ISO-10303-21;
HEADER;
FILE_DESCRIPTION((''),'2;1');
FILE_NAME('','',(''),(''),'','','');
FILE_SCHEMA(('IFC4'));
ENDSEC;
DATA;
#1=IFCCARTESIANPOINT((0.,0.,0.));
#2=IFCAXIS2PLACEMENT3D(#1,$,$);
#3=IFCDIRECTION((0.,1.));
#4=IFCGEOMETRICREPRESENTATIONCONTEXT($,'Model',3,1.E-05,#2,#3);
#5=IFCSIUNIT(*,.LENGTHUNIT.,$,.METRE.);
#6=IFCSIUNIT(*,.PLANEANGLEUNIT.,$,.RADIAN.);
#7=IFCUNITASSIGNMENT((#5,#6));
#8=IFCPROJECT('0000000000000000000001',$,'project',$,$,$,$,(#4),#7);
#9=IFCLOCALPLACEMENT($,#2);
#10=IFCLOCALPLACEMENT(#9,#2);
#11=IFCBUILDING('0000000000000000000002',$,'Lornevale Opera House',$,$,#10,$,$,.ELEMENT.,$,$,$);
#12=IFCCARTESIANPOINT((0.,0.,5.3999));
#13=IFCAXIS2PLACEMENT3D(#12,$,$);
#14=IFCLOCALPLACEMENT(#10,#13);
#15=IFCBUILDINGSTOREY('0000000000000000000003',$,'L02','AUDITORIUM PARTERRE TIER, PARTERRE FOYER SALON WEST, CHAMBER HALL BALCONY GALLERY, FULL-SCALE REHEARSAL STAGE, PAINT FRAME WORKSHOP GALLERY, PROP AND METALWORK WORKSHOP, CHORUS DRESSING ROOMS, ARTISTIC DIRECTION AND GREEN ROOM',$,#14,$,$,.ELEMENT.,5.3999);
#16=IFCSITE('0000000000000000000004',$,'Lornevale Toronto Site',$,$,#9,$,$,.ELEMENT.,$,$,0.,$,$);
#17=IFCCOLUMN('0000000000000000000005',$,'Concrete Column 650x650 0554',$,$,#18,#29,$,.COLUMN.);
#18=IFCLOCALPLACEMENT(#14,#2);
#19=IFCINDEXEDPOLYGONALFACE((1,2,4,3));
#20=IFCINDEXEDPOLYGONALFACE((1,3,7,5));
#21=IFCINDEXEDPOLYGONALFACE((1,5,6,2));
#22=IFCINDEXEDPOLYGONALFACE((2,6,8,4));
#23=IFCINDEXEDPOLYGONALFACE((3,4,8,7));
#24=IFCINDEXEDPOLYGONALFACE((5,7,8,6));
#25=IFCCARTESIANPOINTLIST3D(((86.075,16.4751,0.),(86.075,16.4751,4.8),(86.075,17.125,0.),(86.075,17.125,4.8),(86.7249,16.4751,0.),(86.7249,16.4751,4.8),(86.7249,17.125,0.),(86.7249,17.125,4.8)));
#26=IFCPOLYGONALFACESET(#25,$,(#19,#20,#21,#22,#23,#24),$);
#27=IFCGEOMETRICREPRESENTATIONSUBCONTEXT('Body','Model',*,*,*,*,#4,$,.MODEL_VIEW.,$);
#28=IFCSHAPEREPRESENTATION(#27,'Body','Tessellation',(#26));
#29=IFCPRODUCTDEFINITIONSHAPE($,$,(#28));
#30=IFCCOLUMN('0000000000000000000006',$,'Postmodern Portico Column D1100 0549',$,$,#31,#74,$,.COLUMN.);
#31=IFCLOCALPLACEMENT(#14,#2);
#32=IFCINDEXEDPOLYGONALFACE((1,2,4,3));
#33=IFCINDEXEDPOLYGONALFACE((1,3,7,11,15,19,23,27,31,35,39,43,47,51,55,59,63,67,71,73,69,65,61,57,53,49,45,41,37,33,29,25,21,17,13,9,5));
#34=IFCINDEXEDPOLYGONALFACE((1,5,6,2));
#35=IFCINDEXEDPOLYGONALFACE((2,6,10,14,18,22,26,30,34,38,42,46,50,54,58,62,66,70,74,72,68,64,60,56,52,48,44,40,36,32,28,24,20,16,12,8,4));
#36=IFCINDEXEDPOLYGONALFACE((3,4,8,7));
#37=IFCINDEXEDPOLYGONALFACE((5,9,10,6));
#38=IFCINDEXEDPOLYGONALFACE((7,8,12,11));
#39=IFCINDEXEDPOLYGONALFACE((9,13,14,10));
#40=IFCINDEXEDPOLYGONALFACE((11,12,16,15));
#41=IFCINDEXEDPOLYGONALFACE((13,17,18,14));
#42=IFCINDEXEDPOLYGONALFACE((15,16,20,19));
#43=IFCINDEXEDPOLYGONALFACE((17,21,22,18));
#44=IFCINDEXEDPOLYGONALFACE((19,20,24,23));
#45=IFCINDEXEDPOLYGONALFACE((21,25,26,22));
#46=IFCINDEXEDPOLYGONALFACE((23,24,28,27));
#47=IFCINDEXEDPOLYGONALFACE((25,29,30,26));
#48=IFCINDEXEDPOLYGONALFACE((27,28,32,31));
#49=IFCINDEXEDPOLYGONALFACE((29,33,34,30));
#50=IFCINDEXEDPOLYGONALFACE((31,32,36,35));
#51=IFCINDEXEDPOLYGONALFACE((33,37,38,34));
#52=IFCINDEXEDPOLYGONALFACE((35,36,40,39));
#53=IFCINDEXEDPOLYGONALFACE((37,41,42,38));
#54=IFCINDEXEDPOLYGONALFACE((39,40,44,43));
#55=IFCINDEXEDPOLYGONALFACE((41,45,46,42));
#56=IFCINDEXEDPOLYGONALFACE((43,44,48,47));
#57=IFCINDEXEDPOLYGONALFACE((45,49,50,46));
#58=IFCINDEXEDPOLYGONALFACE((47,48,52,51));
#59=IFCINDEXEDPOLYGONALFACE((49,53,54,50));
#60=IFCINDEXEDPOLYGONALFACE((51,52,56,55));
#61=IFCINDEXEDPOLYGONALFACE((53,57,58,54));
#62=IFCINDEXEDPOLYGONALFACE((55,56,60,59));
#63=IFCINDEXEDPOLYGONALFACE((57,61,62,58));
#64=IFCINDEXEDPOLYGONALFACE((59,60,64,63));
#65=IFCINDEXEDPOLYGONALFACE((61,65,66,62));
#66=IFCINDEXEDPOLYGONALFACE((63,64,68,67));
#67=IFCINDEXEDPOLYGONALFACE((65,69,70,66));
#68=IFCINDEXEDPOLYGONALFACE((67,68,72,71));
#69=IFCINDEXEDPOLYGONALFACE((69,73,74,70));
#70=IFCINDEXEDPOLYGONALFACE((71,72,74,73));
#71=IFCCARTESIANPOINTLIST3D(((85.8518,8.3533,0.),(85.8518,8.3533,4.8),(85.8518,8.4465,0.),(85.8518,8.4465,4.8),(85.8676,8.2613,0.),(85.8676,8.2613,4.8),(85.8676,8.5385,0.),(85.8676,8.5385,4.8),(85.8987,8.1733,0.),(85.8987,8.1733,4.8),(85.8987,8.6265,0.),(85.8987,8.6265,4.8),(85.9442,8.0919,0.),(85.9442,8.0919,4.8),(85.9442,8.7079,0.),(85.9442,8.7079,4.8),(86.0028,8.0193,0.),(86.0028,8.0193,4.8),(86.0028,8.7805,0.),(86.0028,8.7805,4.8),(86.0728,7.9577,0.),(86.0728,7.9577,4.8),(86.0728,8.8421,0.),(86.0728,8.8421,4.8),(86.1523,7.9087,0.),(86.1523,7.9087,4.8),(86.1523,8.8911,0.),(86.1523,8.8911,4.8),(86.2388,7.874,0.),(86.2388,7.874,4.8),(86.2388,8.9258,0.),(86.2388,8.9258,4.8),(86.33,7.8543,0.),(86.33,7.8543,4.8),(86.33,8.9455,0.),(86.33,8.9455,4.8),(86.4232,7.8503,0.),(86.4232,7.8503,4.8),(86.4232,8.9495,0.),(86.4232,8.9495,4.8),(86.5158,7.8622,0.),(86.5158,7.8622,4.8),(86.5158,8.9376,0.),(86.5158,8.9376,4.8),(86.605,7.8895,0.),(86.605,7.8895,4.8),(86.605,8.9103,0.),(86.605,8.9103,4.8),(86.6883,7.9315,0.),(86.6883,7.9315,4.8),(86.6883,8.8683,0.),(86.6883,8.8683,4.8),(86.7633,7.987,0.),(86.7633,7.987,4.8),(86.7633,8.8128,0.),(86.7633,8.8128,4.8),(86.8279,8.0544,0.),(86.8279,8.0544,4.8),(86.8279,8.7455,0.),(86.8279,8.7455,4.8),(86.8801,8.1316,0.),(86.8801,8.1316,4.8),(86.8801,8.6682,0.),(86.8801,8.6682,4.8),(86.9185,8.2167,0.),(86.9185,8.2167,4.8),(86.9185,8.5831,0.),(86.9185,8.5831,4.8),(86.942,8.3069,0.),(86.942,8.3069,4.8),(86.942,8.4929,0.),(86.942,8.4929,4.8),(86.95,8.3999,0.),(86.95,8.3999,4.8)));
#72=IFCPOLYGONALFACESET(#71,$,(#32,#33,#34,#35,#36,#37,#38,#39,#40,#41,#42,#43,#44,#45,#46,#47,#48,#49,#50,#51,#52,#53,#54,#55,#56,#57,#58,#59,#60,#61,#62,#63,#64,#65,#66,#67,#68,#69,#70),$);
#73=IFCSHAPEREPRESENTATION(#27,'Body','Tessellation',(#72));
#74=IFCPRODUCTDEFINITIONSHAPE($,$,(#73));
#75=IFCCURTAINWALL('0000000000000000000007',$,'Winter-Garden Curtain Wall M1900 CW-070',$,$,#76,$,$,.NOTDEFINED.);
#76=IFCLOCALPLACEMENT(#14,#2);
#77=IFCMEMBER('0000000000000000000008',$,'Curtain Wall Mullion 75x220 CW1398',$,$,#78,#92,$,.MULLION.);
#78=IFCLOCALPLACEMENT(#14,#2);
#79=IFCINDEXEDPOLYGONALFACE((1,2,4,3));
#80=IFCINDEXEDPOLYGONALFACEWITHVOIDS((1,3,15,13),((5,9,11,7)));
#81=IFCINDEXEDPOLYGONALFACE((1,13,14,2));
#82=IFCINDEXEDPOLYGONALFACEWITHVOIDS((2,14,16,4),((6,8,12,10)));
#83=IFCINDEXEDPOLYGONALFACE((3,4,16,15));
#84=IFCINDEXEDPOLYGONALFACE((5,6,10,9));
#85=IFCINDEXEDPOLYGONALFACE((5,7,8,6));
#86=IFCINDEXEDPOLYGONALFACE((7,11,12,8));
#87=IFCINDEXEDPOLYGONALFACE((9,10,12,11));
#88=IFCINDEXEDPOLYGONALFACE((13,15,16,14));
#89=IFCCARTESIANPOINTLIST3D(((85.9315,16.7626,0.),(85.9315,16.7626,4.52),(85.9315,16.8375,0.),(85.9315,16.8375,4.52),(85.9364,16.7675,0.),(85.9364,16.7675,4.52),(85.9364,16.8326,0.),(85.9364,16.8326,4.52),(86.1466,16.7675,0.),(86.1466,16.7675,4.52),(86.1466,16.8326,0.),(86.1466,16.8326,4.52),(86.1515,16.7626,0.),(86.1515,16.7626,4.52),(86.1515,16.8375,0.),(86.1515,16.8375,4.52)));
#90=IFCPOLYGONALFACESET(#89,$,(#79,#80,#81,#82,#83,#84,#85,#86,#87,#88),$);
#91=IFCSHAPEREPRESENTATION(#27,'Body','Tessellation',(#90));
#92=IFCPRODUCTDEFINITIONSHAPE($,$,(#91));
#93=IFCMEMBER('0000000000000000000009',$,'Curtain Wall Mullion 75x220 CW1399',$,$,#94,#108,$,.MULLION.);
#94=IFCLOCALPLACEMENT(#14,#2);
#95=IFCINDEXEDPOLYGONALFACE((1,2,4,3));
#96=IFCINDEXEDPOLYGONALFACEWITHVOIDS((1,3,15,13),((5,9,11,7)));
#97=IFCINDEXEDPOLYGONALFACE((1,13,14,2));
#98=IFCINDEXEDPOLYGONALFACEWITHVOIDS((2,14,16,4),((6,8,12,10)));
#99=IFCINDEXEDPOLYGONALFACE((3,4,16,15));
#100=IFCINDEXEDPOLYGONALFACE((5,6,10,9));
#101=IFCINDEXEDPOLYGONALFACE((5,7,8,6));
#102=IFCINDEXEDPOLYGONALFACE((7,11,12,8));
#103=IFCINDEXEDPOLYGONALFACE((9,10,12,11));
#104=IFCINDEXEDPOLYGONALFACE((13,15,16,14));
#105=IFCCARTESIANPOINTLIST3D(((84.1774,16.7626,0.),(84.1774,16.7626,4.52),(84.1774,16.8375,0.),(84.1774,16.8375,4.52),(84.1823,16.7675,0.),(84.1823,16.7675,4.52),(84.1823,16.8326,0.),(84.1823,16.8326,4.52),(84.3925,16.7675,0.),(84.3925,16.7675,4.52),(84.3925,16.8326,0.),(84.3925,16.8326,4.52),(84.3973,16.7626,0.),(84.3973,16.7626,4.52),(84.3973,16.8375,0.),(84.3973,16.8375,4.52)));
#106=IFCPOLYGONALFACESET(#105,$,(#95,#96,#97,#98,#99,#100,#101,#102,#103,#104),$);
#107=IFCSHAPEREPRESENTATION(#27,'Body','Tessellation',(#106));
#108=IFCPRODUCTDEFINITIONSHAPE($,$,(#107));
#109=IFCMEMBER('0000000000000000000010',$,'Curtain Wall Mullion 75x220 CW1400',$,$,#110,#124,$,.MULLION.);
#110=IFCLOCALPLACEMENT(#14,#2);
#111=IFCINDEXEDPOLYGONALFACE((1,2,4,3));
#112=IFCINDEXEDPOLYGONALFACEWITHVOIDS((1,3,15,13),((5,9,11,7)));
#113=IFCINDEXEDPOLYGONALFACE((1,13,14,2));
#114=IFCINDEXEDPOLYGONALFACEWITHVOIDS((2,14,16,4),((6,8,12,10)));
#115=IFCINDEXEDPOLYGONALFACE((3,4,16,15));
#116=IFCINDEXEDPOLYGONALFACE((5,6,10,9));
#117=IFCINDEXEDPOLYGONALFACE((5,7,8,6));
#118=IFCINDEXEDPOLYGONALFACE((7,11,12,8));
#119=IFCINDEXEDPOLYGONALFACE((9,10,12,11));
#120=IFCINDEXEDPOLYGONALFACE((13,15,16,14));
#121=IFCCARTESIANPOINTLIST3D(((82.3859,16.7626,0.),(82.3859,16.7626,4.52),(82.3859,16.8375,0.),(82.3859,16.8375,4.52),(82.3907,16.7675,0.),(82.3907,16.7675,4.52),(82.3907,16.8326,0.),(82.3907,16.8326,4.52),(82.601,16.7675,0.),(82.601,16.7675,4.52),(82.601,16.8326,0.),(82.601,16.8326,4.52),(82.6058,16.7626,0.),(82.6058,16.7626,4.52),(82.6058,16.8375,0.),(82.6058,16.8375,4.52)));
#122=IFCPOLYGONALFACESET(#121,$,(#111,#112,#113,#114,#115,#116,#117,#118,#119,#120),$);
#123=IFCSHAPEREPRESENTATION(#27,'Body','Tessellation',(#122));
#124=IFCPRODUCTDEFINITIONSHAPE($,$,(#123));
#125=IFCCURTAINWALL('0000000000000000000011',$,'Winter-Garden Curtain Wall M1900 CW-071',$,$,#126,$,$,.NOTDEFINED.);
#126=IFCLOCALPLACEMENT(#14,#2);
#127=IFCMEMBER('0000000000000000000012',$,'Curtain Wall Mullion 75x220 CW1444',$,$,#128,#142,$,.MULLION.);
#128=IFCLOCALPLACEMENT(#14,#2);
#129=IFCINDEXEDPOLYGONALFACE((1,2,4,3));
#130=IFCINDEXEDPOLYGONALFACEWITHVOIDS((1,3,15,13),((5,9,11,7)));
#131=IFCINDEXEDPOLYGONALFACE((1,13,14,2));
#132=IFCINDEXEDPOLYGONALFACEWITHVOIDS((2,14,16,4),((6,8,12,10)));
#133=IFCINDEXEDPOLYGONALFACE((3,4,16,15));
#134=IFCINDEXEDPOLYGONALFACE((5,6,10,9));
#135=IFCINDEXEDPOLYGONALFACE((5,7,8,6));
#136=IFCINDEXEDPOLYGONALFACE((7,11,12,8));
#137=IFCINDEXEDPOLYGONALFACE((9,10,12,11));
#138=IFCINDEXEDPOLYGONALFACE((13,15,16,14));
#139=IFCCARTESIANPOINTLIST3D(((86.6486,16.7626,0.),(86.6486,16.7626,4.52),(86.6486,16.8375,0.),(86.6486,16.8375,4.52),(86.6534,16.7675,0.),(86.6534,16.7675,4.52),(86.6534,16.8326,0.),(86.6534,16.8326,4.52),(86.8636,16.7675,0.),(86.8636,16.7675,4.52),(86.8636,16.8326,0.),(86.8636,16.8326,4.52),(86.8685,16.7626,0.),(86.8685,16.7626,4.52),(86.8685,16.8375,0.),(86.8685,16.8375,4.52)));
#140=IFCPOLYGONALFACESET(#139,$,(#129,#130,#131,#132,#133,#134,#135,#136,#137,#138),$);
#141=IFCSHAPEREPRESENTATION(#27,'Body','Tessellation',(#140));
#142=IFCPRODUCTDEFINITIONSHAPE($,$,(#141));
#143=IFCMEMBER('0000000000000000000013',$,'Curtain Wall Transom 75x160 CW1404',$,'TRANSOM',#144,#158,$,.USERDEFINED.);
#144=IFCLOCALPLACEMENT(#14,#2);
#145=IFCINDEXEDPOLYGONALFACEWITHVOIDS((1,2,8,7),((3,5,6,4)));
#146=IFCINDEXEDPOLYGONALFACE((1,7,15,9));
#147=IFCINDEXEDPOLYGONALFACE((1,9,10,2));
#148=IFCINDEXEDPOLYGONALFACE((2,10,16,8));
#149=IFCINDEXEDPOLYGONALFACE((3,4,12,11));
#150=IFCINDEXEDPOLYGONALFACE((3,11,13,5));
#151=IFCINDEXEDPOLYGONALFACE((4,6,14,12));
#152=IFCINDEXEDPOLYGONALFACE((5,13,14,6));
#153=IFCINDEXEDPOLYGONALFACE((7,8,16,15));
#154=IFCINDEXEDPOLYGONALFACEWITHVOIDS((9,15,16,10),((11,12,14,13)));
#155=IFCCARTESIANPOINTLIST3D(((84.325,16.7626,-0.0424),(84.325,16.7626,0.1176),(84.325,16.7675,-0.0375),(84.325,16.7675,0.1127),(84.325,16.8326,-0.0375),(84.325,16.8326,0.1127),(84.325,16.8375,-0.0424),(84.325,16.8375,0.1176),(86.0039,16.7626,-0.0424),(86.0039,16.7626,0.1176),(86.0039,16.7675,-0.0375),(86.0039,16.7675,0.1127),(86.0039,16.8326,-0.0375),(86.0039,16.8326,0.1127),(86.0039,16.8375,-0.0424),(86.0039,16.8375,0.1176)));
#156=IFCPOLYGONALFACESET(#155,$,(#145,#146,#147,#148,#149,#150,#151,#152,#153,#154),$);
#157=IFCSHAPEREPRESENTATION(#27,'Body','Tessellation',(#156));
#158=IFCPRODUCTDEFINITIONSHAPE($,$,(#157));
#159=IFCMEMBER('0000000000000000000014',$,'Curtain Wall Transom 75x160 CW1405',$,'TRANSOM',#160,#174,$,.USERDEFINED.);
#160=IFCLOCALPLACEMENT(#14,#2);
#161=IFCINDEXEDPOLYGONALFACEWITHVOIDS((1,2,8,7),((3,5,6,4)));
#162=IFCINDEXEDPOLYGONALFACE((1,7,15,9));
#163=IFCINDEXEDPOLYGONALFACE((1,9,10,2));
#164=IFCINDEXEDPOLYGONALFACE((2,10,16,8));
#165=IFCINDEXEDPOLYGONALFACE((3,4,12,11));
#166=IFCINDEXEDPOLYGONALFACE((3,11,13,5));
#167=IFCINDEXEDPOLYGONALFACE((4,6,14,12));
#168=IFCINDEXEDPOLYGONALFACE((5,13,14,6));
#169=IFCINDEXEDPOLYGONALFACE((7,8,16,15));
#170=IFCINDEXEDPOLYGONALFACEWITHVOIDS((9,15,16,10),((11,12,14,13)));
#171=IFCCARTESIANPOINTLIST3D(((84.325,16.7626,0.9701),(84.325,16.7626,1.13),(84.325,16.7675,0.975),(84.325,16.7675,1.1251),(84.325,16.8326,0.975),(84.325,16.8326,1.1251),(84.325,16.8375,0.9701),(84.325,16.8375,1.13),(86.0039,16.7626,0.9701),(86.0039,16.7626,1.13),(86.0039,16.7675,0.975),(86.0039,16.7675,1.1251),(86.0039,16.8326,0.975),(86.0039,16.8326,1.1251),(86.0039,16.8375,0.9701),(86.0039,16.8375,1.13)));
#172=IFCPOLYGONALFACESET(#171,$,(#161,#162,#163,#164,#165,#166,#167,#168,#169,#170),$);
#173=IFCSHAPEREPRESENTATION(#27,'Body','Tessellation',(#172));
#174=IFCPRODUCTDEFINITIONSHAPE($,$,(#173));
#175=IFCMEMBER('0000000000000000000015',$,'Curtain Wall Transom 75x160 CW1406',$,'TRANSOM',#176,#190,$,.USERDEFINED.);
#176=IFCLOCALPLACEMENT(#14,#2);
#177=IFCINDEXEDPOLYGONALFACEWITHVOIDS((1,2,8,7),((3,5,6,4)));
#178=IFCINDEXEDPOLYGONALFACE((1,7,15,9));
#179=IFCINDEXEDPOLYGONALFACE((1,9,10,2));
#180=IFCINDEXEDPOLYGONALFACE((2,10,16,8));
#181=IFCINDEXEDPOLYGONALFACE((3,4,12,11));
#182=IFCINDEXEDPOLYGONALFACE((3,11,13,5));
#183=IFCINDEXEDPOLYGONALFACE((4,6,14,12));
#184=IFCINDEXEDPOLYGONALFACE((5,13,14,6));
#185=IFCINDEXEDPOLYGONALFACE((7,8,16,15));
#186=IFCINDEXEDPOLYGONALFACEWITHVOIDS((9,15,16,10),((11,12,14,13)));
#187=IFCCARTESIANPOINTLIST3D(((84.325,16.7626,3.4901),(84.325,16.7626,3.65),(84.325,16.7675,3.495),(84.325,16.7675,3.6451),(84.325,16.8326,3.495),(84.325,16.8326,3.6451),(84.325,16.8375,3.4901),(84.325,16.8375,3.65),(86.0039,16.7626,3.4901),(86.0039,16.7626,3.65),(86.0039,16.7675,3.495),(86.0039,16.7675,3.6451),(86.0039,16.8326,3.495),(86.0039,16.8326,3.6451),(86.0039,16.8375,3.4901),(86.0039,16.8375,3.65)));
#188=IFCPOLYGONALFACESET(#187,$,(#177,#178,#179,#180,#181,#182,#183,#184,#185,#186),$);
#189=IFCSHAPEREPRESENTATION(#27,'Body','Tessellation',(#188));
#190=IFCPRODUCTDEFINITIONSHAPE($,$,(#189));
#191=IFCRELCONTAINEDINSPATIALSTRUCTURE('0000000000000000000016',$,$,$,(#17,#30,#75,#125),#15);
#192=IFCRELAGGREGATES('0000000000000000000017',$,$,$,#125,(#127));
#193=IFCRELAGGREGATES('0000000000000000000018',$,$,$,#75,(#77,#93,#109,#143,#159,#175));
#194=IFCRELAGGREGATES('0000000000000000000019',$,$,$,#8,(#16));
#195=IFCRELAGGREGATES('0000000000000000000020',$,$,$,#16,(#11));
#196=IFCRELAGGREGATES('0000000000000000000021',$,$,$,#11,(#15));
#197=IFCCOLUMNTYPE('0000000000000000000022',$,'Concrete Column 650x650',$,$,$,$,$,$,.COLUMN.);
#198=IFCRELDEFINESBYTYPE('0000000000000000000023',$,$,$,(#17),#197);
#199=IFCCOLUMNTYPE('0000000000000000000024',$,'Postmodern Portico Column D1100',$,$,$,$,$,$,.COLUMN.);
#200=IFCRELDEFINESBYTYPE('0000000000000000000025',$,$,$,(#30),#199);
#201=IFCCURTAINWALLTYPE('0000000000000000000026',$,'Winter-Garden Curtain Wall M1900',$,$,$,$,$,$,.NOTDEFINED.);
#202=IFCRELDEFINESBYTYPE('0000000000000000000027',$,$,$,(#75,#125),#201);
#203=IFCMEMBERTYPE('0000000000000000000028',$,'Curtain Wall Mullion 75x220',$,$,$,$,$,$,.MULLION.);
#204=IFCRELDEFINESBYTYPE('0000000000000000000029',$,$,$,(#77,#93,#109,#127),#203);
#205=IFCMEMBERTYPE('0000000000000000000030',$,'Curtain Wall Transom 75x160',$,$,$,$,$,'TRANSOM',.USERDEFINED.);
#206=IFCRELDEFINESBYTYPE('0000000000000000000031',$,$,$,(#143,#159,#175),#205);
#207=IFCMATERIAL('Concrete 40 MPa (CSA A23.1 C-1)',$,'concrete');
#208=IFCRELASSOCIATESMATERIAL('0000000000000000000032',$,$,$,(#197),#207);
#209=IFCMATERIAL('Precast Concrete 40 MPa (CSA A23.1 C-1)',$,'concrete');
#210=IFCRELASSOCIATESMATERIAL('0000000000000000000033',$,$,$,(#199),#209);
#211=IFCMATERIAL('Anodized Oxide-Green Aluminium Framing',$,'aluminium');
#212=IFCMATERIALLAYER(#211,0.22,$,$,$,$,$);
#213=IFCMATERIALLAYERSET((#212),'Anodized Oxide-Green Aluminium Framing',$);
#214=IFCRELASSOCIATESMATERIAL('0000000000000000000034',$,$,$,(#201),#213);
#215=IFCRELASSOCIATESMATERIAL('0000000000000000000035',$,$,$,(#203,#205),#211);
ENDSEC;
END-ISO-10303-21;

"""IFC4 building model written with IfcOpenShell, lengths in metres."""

from ifc_helpers import new_model, si_unit, direction, frame, origin, origin_2d, place, context, subcontext, project, spatial, rectangle, hollow_rectangle, circle, extrude, material, layer, layer_set, material_profile, profile_set, type_object, element, aggregate, save


model = new_model("IFC4")

# Units and contexts
model_context = context("Model", 3, precision=1e-05, world=origin(), true_north=direction((0.0, 1.0)))
body_context = subcontext(model_context, "Body", "Model", "MODEL_VIEW")
ifc_project = project(units=[si_unit("LENGTHUNIT", "METRE"), si_unit("PLANEANGLEUNIT", "RADIAN")], contexts=[model_context])

# Site, building, storey
site_placement = place(None, origin())
site = spatial("IfcSite", under=ifc_project, at=site_placement, Name="Lornevale Toronto Site", CompositionType="ELEMENT", RefElevation=0.0)
building_placement = place(site_placement, origin())
building = spatial("IfcBuilding", under=site, at=building_placement, Name="Lornevale Opera House", CompositionType="ELEMENT")
storey_placement = place(building_placement, frame((0.0, 0.0, 5.3999)))
storey = spatial("IfcBuildingStorey", under=building, at=storey_placement, Name="L02", Description="AUDITORIUM PARTERRE TIER, PARTERRE FOYER SALON WEST, CHAMBER HALL BALCONY GALLERY, FULL-SCALE REHEARSAL STAGE, PAINT FRAME WORKSHOP GALLERY, PROP AND METALWORK WORKSHOP, CHORUS DRESSING ROOMS, ARTISTIC DIRECTION AND GREEN ROOM", CompositionType="ELEMENT", Elevation=5.3999)

# Columns
ifc_material_1 = material(Name="Concrete 40 MPa (CSA A23.1 C-1)", Category="concrete")
ifc_material_profile_1 = material_profile(ifc_material_1, rectangle(XDim=0.6499, YDim=0.6499, at=origin_2d()), Name="RC650x650")
ifc_profile_set_1 = profile_set([ifc_material_profile_1], Name="Concrete 40 MPa (CSA A23.1 C-1)")
column_type_1 = type_object("IfcColumnType", Name="Concrete Column 650x650", PredefinedType="COLUMN", material=ifc_profile_set_1)
column_1_placement = place(storey_placement, frame((86.3999, 16.8, 0.0), z_axis=(0.0, 0.0, 1.0), x_axis=(1.0, 0.0, 0.0)))
element("IfcColumn", 1, at=column_1_placement, inside=storey, type_object=column_type_1, Name="Concrete Column 650x650 0554", PredefinedType="COLUMN", context=body_context, shape_type="SweptSolid", body=[
    extrude(rectangle(XDim=0.6499, YDim=0.6499, at=origin_2d()), origin(), (0.0, 0.0, 1.0), 4.8),
])
ifc_material_2 = material(Name="Precast Concrete 40 MPa (CSA A23.1 C-1)", Category="concrete")
ifc_material_profile_2 = material_profile(ifc_material_2, circle(Radius=0.55, at=origin_2d()), Name="RCCOL1100")
ifc_profile_set_2 = profile_set([ifc_material_profile_2], Name="Precast Concrete 40 MPa (CSA A23.1 C-1)")
column_type_2 = type_object("IfcColumnType", Name="Postmodern Portico Column D1100", PredefinedType="COLUMN", material=ifc_profile_set_2)
column_2_placement = place(storey_placement, frame((86.3999, 8.3999, 0.0), z_axis=(0.0, 0.0, 1.0), x_axis=(1.0, 0.0, 0.0)))
element("IfcColumn", 2, at=column_2_placement, inside=storey, type_object=column_type_2, Name="Postmodern Portico Column D1100 0549", PredefinedType="COLUMN", context=body_context, shape_type="SweptSolid", body=[
    extrude(circle(Radius=0.55, at=origin_2d()), origin(), (0.0, 0.0, 1.0), 4.8),
])

# Curtain wall, members
ifc_material_3 = material(Name="Anodized Oxide-Green Aluminium Framing", Category="aluminium")
ifc_layer_1 = layer(ifc_material_3, 0.22)
ifc_layer_set_1 = layer_set([ifc_layer_1], Name="Anodized Oxide-Green Aluminium Framing")
curtain_wall_type = type_object("IfcCurtainWallType", Name="Winter-Garden Curtain Wall M1900", PredefinedType="NOTDEFINED", material=ifc_layer_set_1)
curtain_wall_1_placement = place(storey_placement, origin())
curtain_wall_1 = element("IfcCurtainWall", 3, at=curtain_wall_1_placement, inside=storey, type_object=curtain_wall_type, Name="Winter-Garden Curtain Wall M1900 CW-070", PredefinedType="NOTDEFINED")
ifc_material_profile_3 = material_profile(ifc_material_3, hollow_rectangle(XDim=0.075, YDim=0.22, WallThickness=0.0049, at=origin_2d()), Name="ALU75x220x5")
ifc_profile_set_3 = profile_set([ifc_material_profile_3], Name="Anodized Oxide-Green Aluminium Framing")
member_type_1 = type_object("IfcMemberType", Name="Curtain Wall Mullion 75x220", PredefinedType="MULLION", material=ifc_profile_set_3)
member_1_placement = place(storey_placement, frame((86.0415, 16.8, 0.0), z_axis=(0.0, 0.0, 1.0), x_axis=(0.0, -1.0, 0.0)))
member_1 = element("IfcMember", 4, at=member_1_placement, type_object=member_type_1, Name="Curtain Wall Mullion 75x220 CW1398", PredefinedType="MULLION", context=body_context, shape_type="SweptSolid", body=[
    extrude(hollow_rectangle(XDim=0.075, YDim=0.22, WallThickness=0.0049, at=origin_2d()), origin(), (0.0, 0.0, 1.0), 4.52),
])
member_2_placement = place(storey_placement, frame((84.2874, 16.8, 0.0), z_axis=(0.0, 0.0, 1.0), x_axis=(0.0, -1.0, 0.0)))
member_2 = element("IfcMember", 5, at=member_2_placement, type_object=member_type_1, Name="Curtain Wall Mullion 75x220 CW1399", PredefinedType="MULLION", context=body_context, shape_type="SweptSolid", body=[
    extrude(hollow_rectangle(XDim=0.075, YDim=0.22, WallThickness=0.0049, at=origin_2d()), origin(), (0.0, 0.0, 1.0), 4.52),
])
member_3_placement = place(storey_placement, frame((82.4958, 16.8, 0.0), z_axis=(0.0, 0.0, 1.0), x_axis=(0.0, -1.0, 0.0)))
member_3 = element("IfcMember", 6, at=member_3_placement, type_object=member_type_1, Name="Curtain Wall Mullion 75x220 CW1400", PredefinedType="MULLION", context=body_context, shape_type="SweptSolid", body=[
    extrude(hollow_rectangle(XDim=0.075, YDim=0.22, WallThickness=0.0049, at=origin_2d()), origin(), (0.0, 0.0, 1.0), 4.52),
])

# Curtain wall, member
curtain_wall_2_placement = place(storey_placement, origin())
curtain_wall_2 = element("IfcCurtainWall", 7, at=curtain_wall_2_placement, inside=storey, type_object=curtain_wall_type, Name="Winter-Garden Curtain Wall M1900 CW-071", PredefinedType="NOTDEFINED")
member_4_placement = place(storey_placement, frame((86.7585, 16.8, 0.0), z_axis=(0.0, 0.0, 1.0), x_axis=(0.0, -1.0, 0.0)))
member_4 = element("IfcMember", 8, at=member_4_placement, type_object=member_type_1, Name="Curtain Wall Mullion 75x220 CW1444", PredefinedType="MULLION", context=body_context, shape_type="SweptSolid", body=[
    extrude(hollow_rectangle(XDim=0.075, YDim=0.22, WallThickness=0.0049, at=origin_2d()), origin(), (0.0, 0.0, 1.0), 4.52),
])

# Members
ifc_material_profile_4 = material_profile(ifc_material_3, hollow_rectangle(XDim=0.075, YDim=0.1599, WallThickness=0.0049, at=origin_2d()), Name="ALU75x160x5")
ifc_profile_set_4 = profile_set([ifc_material_profile_4], Name="Anodized Oxide-Green Aluminium Framing")
member_type_2 = type_object("IfcMemberType", Name="Curtain Wall Transom 75x160", ElementType="TRANSOM", PredefinedType="USERDEFINED", material=ifc_profile_set_4)
member_5_placement = place(storey_placement, frame((86.0039, 16.8, 0.0376), z_axis=(-1.0, 0.0, 0.0), x_axis=(0.0, -1.0, 0.0)))
member_5 = element("IfcMember", 9, at=member_5_placement, type_object=member_type_2, Name="Curtain Wall Transom 75x160 CW1404", ObjectType="TRANSOM", PredefinedType="USERDEFINED", context=body_context, shape_type="SweptSolid", body=[
    extrude(hollow_rectangle(XDim=0.075, YDim=0.1599, WallThickness=0.0049, at=origin_2d()), origin(), (0.0, 0.0, 1.0), 1.679),
])
member_6_placement = place(storey_placement, frame((86.0039, 16.8, 1.05), z_axis=(-1.0, 0.0, 0.0), x_axis=(0.0, -1.0, 0.0)))
member_6 = element("IfcMember", 10, at=member_6_placement, type_object=member_type_2, Name="Curtain Wall Transom 75x160 CW1405", ObjectType="TRANSOM", PredefinedType="USERDEFINED", context=body_context, shape_type="SweptSolid", body=[
    extrude(hollow_rectangle(XDim=0.075, YDim=0.1599, WallThickness=0.0049, at=origin_2d()), origin(), (0.0, 0.0, 1.0), 1.679),
])
member_7_placement = place(storey_placement, frame((86.0039, 16.8, 3.5701), z_axis=(-1.0, 0.0, 0.0), x_axis=(0.0, -1.0, 0.0)))
member_7 = element("IfcMember", 11, at=member_7_placement, type_object=member_type_2, Name="Curtain Wall Transom 75x160 CW1406", ObjectType="TRANSOM", PredefinedType="USERDEFINED", context=body_context, shape_type="SweptSolid", body=[
    extrude(hollow_rectangle(XDim=0.075, YDim=0.1599, WallThickness=0.0049, at=origin_2d()), origin(), (0.0, 0.0, 1.0), 1.679),
])
aggregate(curtain_wall_2, [member_4])

aggregate(curtain_wall_1, [member_1, member_2, member_3, member_5, member_6, member_7])

save(model, "model.ifc")
